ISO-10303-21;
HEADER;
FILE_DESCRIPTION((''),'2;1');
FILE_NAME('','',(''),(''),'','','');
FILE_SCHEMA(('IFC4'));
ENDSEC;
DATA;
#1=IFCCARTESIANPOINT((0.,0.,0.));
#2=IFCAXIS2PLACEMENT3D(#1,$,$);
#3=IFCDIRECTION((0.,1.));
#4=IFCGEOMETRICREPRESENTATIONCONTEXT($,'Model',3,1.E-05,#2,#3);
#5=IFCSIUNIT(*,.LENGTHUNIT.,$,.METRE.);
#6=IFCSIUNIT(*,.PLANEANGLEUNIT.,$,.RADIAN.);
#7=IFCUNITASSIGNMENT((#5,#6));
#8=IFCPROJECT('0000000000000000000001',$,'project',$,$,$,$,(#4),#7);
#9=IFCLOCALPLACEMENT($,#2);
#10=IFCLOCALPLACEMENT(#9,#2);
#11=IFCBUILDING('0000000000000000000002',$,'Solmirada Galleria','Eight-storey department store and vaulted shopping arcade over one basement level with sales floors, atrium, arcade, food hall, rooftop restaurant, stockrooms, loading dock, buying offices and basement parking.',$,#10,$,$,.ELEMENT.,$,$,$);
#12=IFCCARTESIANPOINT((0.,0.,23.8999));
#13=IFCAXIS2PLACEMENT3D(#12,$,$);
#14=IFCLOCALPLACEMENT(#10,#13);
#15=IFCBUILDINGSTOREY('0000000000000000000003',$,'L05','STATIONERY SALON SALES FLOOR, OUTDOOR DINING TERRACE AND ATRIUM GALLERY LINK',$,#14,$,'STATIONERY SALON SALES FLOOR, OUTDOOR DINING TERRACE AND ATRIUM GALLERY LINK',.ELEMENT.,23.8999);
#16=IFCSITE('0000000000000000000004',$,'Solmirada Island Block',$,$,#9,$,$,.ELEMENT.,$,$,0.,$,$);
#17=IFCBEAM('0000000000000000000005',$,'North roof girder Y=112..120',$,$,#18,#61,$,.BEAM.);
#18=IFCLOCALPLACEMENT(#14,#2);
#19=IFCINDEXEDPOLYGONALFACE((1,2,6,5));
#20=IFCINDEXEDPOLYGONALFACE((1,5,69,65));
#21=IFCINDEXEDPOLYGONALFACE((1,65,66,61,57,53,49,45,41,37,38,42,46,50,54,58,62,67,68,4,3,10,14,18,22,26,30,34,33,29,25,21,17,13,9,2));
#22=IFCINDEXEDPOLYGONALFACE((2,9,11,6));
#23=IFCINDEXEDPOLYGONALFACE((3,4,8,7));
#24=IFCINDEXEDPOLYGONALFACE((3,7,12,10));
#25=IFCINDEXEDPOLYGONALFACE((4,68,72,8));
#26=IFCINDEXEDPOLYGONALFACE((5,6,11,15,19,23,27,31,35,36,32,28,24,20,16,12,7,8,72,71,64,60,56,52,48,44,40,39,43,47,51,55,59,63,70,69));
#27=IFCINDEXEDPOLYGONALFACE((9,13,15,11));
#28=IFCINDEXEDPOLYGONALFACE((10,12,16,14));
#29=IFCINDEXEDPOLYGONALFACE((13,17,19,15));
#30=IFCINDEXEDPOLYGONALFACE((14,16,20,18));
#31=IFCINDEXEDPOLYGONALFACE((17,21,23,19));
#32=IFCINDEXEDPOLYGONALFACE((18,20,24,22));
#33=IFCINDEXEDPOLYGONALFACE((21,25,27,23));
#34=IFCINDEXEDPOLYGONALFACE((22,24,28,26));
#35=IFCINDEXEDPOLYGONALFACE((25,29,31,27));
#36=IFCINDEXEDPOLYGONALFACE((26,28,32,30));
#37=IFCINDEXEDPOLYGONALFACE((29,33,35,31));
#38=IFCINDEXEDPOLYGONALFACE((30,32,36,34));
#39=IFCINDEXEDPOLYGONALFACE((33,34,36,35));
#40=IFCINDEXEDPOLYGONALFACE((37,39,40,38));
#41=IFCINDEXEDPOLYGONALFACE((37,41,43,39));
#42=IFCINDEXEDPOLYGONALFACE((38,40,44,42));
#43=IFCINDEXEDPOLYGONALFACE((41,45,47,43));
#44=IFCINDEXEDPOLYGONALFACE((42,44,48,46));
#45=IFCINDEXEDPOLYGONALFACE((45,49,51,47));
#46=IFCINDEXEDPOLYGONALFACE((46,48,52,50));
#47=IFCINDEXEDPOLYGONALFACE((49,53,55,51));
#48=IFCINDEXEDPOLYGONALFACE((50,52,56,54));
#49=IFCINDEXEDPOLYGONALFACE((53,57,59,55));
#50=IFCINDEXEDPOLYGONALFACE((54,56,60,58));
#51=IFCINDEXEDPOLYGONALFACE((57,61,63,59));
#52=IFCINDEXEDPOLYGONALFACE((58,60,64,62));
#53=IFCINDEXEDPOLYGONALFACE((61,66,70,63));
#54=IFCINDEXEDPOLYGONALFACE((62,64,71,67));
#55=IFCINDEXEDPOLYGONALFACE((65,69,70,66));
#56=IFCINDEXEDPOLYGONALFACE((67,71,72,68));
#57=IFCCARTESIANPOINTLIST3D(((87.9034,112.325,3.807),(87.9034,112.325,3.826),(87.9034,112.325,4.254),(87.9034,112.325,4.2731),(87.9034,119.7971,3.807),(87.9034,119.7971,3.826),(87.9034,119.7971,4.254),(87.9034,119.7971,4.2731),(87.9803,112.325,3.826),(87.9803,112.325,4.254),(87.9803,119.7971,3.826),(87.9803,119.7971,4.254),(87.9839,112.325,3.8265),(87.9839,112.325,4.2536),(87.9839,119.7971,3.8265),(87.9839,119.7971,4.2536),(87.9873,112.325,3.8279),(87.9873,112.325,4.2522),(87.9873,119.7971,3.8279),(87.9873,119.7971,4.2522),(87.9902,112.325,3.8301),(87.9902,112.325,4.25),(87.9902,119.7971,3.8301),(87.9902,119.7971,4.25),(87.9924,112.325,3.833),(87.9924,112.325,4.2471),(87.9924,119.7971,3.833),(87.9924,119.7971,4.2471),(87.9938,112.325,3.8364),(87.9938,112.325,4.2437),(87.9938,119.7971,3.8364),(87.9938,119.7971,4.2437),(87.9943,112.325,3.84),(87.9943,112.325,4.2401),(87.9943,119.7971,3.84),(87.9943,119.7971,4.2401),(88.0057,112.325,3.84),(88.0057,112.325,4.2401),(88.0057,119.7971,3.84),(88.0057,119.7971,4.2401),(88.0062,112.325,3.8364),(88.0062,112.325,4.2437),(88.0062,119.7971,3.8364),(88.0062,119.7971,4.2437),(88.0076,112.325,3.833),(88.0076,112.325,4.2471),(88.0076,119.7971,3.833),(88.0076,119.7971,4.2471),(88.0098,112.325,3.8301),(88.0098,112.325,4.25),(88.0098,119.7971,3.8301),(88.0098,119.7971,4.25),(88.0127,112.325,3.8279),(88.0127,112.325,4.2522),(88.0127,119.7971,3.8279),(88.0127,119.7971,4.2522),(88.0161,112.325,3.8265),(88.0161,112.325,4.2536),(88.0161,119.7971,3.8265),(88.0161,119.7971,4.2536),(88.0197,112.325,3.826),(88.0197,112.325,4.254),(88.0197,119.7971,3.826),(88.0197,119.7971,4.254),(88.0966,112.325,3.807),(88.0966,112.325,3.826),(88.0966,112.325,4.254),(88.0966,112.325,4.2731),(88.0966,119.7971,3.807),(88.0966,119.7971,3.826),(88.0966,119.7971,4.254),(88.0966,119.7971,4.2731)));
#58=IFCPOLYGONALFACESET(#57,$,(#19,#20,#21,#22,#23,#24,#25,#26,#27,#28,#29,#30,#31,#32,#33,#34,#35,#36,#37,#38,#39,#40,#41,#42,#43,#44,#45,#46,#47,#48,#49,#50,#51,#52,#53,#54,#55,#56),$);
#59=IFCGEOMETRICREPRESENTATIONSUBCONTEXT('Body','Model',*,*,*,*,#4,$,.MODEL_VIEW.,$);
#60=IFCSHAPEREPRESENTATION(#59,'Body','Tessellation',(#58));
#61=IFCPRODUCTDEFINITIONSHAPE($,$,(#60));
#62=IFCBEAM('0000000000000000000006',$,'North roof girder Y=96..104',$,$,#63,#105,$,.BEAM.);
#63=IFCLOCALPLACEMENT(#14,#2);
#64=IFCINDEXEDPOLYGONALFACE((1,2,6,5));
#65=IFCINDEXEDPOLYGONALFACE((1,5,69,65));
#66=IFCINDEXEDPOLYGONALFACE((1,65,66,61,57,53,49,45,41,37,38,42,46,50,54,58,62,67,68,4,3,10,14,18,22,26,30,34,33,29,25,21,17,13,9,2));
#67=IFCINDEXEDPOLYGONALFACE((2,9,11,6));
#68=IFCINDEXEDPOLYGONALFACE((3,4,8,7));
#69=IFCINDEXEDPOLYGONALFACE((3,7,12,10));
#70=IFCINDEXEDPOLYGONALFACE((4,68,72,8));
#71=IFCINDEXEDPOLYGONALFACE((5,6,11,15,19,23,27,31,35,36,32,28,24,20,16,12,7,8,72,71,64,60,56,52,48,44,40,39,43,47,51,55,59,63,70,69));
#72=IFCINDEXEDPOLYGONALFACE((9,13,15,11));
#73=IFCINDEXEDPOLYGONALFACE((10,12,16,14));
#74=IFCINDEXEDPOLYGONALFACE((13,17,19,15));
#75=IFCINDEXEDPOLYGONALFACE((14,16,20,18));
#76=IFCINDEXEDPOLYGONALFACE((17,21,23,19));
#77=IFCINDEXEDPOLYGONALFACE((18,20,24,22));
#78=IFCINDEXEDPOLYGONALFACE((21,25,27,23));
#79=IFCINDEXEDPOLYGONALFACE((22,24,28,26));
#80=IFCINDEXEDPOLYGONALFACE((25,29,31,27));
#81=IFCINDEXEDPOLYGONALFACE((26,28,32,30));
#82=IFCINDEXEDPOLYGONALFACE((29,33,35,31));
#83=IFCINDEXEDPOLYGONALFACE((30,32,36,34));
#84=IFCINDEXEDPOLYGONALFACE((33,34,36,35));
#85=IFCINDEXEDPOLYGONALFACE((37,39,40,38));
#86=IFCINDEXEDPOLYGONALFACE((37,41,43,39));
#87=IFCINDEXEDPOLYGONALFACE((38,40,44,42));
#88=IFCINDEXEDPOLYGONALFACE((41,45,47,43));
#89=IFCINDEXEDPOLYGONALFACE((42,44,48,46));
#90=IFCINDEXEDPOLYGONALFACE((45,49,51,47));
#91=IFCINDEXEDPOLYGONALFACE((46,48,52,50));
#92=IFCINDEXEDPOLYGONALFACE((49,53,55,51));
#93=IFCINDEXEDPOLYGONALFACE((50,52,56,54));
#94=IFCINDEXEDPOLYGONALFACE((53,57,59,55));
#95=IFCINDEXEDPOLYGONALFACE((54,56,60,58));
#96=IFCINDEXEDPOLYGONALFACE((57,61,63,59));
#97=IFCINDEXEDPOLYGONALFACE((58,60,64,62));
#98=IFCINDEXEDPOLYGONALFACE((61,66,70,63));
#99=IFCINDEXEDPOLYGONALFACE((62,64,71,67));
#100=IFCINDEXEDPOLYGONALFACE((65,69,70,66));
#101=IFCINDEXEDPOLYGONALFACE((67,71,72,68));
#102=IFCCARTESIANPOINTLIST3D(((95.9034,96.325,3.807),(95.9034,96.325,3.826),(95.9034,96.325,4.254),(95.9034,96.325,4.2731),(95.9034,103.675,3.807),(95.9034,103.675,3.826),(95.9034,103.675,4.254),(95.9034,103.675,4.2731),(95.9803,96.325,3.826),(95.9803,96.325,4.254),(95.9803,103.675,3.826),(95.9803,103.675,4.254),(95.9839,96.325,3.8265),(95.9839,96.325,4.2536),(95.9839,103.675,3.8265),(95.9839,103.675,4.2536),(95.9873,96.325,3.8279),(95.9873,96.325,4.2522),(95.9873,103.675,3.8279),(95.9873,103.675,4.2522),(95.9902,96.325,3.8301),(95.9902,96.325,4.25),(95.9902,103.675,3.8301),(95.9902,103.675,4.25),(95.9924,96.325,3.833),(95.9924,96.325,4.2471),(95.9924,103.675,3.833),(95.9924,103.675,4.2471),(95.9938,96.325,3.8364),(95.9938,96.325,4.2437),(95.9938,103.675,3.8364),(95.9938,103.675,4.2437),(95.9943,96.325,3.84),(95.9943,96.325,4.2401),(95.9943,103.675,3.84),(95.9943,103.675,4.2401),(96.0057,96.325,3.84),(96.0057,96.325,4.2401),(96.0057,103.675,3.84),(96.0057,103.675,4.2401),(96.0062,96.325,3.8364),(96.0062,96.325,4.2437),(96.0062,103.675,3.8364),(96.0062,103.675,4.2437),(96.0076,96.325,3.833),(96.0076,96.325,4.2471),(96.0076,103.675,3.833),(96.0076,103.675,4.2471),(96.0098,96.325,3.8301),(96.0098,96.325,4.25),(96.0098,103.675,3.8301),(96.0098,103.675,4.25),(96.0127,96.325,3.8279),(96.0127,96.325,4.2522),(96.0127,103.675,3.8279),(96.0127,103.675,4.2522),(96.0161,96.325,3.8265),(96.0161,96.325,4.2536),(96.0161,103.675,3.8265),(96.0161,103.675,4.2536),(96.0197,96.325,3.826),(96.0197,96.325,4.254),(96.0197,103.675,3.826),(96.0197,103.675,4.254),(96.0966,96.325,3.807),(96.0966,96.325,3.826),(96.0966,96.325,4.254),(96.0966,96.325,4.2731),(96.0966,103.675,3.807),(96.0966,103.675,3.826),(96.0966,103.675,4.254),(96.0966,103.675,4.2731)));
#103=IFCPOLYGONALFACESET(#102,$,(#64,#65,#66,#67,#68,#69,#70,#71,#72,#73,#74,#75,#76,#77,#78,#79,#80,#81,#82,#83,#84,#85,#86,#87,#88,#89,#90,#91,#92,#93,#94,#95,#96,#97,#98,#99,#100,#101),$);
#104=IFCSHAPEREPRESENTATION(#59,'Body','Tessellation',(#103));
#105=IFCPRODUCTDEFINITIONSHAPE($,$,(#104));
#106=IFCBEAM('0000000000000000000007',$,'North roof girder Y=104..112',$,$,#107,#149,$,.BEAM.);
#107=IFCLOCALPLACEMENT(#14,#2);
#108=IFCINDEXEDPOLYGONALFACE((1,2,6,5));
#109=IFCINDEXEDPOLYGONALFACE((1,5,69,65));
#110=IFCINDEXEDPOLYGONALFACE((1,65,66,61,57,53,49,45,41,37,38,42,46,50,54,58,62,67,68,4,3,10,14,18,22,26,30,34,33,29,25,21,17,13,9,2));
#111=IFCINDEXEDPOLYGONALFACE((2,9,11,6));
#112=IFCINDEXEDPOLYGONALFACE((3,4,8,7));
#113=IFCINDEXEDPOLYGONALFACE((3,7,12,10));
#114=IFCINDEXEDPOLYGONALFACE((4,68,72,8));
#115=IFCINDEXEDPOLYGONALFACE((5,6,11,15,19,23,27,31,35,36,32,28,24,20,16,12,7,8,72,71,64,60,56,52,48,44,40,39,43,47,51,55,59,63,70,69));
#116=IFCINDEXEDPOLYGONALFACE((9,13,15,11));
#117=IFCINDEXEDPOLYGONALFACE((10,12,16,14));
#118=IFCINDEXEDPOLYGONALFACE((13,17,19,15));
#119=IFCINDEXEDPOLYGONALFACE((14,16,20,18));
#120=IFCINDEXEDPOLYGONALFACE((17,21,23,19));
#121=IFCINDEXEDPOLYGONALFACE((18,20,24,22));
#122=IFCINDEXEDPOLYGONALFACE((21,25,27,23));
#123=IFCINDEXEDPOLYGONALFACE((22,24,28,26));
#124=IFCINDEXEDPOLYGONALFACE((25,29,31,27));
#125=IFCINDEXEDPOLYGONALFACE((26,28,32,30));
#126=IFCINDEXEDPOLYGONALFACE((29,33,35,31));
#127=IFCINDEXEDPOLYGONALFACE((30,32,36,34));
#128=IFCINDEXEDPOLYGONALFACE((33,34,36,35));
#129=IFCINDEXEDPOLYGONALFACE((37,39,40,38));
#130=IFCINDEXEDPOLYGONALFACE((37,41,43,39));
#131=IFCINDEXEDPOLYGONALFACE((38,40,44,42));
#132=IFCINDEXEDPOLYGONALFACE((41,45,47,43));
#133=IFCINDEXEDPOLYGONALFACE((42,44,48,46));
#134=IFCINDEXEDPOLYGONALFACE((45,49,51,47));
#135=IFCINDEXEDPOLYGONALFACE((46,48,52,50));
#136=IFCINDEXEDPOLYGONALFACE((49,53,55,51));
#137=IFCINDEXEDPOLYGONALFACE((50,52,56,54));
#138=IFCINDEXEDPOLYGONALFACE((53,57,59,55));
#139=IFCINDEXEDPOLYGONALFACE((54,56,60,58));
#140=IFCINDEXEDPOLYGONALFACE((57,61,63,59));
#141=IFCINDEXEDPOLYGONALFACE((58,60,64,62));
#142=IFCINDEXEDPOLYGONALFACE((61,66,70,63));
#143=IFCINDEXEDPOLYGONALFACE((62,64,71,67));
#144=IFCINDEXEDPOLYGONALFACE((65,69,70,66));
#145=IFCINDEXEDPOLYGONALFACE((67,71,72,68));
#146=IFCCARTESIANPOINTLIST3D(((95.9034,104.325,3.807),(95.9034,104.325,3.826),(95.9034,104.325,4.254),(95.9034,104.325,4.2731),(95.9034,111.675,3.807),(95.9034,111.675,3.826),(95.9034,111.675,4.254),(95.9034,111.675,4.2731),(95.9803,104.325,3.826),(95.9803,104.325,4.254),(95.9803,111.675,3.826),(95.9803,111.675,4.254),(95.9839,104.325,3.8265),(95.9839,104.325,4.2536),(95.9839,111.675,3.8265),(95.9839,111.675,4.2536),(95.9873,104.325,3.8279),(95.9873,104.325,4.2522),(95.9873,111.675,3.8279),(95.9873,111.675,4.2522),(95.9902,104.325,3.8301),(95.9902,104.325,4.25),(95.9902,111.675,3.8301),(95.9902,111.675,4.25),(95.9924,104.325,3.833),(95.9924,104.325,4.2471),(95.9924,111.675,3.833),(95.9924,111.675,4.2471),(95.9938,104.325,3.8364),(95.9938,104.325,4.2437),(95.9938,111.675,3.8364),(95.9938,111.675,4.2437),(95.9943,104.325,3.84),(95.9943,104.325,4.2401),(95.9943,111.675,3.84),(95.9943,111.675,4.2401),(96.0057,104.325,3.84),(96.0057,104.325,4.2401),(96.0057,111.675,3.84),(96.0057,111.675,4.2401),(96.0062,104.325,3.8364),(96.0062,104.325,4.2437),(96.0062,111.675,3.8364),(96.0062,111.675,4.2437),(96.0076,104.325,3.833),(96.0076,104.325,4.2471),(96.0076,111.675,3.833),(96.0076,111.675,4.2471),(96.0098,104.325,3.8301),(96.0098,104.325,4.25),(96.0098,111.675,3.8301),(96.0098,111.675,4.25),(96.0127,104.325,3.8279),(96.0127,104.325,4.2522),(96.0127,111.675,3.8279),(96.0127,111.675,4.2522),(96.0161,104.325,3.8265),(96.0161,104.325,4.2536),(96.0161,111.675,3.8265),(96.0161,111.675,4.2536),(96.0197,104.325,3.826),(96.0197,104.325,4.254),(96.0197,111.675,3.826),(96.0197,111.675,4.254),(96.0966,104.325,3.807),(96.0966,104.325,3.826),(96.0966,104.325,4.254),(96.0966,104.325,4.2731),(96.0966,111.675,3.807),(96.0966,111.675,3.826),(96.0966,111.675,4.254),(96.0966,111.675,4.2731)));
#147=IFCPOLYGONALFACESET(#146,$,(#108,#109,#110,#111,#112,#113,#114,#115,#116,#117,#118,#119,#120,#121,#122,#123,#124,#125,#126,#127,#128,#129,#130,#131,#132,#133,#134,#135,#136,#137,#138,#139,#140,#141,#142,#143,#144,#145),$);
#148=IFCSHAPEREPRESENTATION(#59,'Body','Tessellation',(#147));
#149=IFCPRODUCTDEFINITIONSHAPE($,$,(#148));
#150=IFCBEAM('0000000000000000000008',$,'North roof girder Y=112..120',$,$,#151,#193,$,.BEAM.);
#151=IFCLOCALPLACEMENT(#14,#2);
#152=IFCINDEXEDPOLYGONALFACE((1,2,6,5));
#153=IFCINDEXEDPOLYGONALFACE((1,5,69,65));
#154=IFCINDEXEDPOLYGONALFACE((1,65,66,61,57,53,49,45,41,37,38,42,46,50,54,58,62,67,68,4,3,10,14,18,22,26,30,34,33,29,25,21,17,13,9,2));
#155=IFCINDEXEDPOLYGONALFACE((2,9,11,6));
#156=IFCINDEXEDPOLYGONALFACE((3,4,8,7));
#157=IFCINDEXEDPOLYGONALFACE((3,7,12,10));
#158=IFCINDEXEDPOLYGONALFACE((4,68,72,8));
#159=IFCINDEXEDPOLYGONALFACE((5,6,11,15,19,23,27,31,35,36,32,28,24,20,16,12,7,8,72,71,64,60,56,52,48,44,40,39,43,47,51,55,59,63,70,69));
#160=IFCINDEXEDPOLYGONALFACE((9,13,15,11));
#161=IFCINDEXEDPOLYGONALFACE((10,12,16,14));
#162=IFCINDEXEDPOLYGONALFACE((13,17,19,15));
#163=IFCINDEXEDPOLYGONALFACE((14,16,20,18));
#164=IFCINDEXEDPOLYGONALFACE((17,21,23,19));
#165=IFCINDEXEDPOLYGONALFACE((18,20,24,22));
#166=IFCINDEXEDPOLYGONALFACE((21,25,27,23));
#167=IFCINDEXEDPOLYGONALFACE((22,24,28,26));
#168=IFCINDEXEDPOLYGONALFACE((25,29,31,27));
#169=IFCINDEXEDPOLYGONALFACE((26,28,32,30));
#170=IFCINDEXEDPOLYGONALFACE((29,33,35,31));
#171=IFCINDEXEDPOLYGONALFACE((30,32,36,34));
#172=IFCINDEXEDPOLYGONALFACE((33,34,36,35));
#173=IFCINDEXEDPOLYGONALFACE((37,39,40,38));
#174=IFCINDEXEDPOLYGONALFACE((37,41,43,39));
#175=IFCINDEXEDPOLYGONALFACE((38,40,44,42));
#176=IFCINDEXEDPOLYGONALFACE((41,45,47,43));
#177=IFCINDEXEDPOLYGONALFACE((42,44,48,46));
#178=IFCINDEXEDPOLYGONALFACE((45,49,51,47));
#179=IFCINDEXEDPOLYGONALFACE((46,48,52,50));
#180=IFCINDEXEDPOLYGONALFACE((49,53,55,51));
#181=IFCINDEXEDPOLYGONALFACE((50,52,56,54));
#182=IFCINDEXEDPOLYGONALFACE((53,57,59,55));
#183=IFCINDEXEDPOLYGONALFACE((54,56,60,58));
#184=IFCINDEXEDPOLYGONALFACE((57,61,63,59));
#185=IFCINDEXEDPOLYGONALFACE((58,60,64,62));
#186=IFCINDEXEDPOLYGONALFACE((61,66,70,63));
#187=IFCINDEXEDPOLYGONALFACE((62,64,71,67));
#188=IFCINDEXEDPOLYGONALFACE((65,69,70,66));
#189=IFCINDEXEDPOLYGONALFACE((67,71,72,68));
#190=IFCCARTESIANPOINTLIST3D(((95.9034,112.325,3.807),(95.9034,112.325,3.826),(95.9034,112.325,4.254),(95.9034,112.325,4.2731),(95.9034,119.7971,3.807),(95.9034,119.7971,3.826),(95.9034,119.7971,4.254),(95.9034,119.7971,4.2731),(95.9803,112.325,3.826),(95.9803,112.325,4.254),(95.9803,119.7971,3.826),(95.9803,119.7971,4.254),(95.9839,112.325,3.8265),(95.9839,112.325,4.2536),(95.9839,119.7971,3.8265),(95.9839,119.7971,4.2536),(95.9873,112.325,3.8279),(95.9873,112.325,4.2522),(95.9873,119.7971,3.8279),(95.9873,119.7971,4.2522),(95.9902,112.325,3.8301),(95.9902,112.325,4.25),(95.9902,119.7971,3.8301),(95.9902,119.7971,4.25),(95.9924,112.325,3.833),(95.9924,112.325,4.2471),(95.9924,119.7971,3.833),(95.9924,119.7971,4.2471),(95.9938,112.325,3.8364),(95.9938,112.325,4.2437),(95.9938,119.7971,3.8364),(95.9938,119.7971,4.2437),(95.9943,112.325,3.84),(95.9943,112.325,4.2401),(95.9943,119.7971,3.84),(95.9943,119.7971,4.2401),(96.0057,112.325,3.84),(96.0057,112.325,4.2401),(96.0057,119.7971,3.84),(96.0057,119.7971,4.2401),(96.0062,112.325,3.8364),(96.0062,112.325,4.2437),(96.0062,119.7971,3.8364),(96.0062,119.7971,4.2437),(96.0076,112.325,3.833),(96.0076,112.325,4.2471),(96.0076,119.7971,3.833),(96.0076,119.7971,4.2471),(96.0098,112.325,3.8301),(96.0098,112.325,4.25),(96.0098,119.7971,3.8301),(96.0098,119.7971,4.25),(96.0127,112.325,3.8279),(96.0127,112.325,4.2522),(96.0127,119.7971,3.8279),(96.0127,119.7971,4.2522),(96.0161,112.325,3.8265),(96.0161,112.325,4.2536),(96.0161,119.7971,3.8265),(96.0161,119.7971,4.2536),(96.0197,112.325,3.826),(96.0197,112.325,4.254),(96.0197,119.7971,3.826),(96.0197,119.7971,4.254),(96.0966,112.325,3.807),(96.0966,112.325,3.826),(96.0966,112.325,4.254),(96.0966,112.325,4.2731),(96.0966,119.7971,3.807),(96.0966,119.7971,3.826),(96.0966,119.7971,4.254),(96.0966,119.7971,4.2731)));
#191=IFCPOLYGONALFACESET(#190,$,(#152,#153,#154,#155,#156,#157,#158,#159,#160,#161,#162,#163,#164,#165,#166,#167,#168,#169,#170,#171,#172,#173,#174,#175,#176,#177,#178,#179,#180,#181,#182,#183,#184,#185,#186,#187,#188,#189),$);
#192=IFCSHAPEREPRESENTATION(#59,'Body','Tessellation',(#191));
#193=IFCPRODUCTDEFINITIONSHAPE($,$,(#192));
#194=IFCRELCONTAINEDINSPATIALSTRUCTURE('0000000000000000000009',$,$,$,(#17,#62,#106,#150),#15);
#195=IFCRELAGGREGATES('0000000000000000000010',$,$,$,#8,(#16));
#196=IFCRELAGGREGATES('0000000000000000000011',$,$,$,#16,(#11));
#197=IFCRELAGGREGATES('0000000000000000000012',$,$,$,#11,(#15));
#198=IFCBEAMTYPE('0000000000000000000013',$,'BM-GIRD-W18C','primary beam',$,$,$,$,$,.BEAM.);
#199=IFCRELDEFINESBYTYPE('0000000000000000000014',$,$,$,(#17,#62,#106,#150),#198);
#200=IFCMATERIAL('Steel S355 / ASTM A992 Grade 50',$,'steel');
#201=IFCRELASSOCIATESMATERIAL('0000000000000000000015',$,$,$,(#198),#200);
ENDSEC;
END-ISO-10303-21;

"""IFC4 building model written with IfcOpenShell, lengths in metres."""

from ifc_helpers import new_model, si_unit, direction, frame, origin, origin_2d, place, context, subcontext, project, spatial, i_section, extrude, material, material_profile, profile_set, type_object, element, save


model = new_model("IFC4")

# Units and contexts
model_context = context("Model", 3, precision=1e-05, world=origin(), true_north=direction((0.0, 1.0)))
body_context = subcontext(model_context, "Body", "Model", "MODEL_VIEW")
ifc_project = project(units=[si_unit("LENGTHUNIT", "METRE"), si_unit("PLANEANGLEUNIT", "RADIAN")], contexts=[model_context])

# Site, building, storey
site_placement = place(None, origin())
site = spatial("IfcSite", under=ifc_project, at=site_placement, Name="Solmirada Island Block", CompositionType="ELEMENT", RefElevation=0.0)
building_placement = place(site_placement, origin())
building = spatial("IfcBuilding", under=site, at=building_placement, Name="Solmirada Galleria", Description="Eight-storey department store and vaulted shopping arcade over one basement level with sales floors, atrium, arcade, food hall, rooftop restaurant, stockrooms, loading dock, buying offices and basement parking.", CompositionType="ELEMENT")
storey_placement = place(building_placement, frame((0.0, 0.0, 23.8999)))
storey = spatial("IfcBuildingStorey", under=building, at=storey_placement, Name="L05", Description="STATIONERY SALON SALES FLOOR, OUTDOOR DINING TERRACE AND ATRIUM GALLERY LINK", LongName="STATIONERY SALON SALES FLOOR, OUTDOOR DINING TERRACE AND ATRIUM GALLERY LINK", CompositionType="ELEMENT", Elevation=23.8999)

# Beams
ifc_material_1 = material(Name="Steel S355 / ASTM A992 Grade 50", Category="steel")
ifc_material_profile_1 = material_profile(ifc_material_1, i_section(OverallWidth=0.1931, OverallDepth=0.4661, WebThickness=0.0115, FlangeThickness=0.019, FilletRadius=0.0139, at=origin_2d()), Name="W18X65")
ifc_profile_set_1 = profile_set([ifc_material_profile_1], Name="Steel S355 / ASTM A992 Grade 50")
beam_type = type_object("IfcBeamType", Name="BM-GIRD-W18C", Description="primary beam", PredefinedType="BEAM", material=ifc_profile_set_1)
beam_1_placement = place(storey_placement, frame((88.0, 112.325, 4.04), z_axis=(0.0, 1.0, 0.0), x_axis=(-1.0, 0.0, 0.0)))
element("IfcBeam", 1, at=beam_1_placement, inside=storey, type_object=beam_type, Name="North roof girder Y=112..120", PredefinedType="BEAM", context=body_context, shape_type="SweptSolid", body=[
    extrude(i_section(OverallWidth=0.1931, OverallDepth=0.4661, WebThickness=0.0115, FlangeThickness=0.019, FilletRadius=0.0139, at=origin_2d()), origin(), (0.0, 0.0, 1.0), 7.4722),
])
for number, where, z_axis, x_axis, name in (
    (2, (96.0, 96.325, 4.04), (0.0, 1.0, 0.0), (-1.0, 0.0, 0.0), "North roof girder Y=96..104"),
    (3, (96.0, 104.325, 4.04), (0.0, 1.0, 0.0), (-1.0, 0.0, 0.0), "North roof girder Y=104..112"),
):
    element("IfcBeam", number, at=place(storey_placement, frame(where, z_axis=z_axis, x_axis=x_axis)), inside=storey, type_object=beam_type, Name=name, PredefinedType="BEAM", context=body_context, shape_type="SweptSolid", body=[
        extrude(i_section(OverallWidth=0.1931, OverallDepth=0.4661, WebThickness=0.0115, FlangeThickness=0.019, FilletRadius=0.0139, at=origin_2d()), origin(), (0.0, 0.0, 1.0), 7.3501),
    ])
beam_2_placement = place(storey_placement, frame((96.0, 112.325, 4.04), z_axis=(0.0, 1.0, 0.0), x_axis=(-1.0, 0.0, 0.0)))
element("IfcBeam", 4, at=beam_2_placement, inside=storey, type_object=beam_type, Name="North roof girder Y=112..120", PredefinedType="BEAM", context=body_context, shape_type="SweptSolid", body=[
    extrude(i_section(OverallWidth=0.1931, OverallDepth=0.4661, WebThickness=0.0115, FlangeThickness=0.019, FilletRadius=0.0139, at=origin_2d()), origin(), (0.0, 0.0, 1.0), 7.4722),
])

save(model, "model.ifc")
